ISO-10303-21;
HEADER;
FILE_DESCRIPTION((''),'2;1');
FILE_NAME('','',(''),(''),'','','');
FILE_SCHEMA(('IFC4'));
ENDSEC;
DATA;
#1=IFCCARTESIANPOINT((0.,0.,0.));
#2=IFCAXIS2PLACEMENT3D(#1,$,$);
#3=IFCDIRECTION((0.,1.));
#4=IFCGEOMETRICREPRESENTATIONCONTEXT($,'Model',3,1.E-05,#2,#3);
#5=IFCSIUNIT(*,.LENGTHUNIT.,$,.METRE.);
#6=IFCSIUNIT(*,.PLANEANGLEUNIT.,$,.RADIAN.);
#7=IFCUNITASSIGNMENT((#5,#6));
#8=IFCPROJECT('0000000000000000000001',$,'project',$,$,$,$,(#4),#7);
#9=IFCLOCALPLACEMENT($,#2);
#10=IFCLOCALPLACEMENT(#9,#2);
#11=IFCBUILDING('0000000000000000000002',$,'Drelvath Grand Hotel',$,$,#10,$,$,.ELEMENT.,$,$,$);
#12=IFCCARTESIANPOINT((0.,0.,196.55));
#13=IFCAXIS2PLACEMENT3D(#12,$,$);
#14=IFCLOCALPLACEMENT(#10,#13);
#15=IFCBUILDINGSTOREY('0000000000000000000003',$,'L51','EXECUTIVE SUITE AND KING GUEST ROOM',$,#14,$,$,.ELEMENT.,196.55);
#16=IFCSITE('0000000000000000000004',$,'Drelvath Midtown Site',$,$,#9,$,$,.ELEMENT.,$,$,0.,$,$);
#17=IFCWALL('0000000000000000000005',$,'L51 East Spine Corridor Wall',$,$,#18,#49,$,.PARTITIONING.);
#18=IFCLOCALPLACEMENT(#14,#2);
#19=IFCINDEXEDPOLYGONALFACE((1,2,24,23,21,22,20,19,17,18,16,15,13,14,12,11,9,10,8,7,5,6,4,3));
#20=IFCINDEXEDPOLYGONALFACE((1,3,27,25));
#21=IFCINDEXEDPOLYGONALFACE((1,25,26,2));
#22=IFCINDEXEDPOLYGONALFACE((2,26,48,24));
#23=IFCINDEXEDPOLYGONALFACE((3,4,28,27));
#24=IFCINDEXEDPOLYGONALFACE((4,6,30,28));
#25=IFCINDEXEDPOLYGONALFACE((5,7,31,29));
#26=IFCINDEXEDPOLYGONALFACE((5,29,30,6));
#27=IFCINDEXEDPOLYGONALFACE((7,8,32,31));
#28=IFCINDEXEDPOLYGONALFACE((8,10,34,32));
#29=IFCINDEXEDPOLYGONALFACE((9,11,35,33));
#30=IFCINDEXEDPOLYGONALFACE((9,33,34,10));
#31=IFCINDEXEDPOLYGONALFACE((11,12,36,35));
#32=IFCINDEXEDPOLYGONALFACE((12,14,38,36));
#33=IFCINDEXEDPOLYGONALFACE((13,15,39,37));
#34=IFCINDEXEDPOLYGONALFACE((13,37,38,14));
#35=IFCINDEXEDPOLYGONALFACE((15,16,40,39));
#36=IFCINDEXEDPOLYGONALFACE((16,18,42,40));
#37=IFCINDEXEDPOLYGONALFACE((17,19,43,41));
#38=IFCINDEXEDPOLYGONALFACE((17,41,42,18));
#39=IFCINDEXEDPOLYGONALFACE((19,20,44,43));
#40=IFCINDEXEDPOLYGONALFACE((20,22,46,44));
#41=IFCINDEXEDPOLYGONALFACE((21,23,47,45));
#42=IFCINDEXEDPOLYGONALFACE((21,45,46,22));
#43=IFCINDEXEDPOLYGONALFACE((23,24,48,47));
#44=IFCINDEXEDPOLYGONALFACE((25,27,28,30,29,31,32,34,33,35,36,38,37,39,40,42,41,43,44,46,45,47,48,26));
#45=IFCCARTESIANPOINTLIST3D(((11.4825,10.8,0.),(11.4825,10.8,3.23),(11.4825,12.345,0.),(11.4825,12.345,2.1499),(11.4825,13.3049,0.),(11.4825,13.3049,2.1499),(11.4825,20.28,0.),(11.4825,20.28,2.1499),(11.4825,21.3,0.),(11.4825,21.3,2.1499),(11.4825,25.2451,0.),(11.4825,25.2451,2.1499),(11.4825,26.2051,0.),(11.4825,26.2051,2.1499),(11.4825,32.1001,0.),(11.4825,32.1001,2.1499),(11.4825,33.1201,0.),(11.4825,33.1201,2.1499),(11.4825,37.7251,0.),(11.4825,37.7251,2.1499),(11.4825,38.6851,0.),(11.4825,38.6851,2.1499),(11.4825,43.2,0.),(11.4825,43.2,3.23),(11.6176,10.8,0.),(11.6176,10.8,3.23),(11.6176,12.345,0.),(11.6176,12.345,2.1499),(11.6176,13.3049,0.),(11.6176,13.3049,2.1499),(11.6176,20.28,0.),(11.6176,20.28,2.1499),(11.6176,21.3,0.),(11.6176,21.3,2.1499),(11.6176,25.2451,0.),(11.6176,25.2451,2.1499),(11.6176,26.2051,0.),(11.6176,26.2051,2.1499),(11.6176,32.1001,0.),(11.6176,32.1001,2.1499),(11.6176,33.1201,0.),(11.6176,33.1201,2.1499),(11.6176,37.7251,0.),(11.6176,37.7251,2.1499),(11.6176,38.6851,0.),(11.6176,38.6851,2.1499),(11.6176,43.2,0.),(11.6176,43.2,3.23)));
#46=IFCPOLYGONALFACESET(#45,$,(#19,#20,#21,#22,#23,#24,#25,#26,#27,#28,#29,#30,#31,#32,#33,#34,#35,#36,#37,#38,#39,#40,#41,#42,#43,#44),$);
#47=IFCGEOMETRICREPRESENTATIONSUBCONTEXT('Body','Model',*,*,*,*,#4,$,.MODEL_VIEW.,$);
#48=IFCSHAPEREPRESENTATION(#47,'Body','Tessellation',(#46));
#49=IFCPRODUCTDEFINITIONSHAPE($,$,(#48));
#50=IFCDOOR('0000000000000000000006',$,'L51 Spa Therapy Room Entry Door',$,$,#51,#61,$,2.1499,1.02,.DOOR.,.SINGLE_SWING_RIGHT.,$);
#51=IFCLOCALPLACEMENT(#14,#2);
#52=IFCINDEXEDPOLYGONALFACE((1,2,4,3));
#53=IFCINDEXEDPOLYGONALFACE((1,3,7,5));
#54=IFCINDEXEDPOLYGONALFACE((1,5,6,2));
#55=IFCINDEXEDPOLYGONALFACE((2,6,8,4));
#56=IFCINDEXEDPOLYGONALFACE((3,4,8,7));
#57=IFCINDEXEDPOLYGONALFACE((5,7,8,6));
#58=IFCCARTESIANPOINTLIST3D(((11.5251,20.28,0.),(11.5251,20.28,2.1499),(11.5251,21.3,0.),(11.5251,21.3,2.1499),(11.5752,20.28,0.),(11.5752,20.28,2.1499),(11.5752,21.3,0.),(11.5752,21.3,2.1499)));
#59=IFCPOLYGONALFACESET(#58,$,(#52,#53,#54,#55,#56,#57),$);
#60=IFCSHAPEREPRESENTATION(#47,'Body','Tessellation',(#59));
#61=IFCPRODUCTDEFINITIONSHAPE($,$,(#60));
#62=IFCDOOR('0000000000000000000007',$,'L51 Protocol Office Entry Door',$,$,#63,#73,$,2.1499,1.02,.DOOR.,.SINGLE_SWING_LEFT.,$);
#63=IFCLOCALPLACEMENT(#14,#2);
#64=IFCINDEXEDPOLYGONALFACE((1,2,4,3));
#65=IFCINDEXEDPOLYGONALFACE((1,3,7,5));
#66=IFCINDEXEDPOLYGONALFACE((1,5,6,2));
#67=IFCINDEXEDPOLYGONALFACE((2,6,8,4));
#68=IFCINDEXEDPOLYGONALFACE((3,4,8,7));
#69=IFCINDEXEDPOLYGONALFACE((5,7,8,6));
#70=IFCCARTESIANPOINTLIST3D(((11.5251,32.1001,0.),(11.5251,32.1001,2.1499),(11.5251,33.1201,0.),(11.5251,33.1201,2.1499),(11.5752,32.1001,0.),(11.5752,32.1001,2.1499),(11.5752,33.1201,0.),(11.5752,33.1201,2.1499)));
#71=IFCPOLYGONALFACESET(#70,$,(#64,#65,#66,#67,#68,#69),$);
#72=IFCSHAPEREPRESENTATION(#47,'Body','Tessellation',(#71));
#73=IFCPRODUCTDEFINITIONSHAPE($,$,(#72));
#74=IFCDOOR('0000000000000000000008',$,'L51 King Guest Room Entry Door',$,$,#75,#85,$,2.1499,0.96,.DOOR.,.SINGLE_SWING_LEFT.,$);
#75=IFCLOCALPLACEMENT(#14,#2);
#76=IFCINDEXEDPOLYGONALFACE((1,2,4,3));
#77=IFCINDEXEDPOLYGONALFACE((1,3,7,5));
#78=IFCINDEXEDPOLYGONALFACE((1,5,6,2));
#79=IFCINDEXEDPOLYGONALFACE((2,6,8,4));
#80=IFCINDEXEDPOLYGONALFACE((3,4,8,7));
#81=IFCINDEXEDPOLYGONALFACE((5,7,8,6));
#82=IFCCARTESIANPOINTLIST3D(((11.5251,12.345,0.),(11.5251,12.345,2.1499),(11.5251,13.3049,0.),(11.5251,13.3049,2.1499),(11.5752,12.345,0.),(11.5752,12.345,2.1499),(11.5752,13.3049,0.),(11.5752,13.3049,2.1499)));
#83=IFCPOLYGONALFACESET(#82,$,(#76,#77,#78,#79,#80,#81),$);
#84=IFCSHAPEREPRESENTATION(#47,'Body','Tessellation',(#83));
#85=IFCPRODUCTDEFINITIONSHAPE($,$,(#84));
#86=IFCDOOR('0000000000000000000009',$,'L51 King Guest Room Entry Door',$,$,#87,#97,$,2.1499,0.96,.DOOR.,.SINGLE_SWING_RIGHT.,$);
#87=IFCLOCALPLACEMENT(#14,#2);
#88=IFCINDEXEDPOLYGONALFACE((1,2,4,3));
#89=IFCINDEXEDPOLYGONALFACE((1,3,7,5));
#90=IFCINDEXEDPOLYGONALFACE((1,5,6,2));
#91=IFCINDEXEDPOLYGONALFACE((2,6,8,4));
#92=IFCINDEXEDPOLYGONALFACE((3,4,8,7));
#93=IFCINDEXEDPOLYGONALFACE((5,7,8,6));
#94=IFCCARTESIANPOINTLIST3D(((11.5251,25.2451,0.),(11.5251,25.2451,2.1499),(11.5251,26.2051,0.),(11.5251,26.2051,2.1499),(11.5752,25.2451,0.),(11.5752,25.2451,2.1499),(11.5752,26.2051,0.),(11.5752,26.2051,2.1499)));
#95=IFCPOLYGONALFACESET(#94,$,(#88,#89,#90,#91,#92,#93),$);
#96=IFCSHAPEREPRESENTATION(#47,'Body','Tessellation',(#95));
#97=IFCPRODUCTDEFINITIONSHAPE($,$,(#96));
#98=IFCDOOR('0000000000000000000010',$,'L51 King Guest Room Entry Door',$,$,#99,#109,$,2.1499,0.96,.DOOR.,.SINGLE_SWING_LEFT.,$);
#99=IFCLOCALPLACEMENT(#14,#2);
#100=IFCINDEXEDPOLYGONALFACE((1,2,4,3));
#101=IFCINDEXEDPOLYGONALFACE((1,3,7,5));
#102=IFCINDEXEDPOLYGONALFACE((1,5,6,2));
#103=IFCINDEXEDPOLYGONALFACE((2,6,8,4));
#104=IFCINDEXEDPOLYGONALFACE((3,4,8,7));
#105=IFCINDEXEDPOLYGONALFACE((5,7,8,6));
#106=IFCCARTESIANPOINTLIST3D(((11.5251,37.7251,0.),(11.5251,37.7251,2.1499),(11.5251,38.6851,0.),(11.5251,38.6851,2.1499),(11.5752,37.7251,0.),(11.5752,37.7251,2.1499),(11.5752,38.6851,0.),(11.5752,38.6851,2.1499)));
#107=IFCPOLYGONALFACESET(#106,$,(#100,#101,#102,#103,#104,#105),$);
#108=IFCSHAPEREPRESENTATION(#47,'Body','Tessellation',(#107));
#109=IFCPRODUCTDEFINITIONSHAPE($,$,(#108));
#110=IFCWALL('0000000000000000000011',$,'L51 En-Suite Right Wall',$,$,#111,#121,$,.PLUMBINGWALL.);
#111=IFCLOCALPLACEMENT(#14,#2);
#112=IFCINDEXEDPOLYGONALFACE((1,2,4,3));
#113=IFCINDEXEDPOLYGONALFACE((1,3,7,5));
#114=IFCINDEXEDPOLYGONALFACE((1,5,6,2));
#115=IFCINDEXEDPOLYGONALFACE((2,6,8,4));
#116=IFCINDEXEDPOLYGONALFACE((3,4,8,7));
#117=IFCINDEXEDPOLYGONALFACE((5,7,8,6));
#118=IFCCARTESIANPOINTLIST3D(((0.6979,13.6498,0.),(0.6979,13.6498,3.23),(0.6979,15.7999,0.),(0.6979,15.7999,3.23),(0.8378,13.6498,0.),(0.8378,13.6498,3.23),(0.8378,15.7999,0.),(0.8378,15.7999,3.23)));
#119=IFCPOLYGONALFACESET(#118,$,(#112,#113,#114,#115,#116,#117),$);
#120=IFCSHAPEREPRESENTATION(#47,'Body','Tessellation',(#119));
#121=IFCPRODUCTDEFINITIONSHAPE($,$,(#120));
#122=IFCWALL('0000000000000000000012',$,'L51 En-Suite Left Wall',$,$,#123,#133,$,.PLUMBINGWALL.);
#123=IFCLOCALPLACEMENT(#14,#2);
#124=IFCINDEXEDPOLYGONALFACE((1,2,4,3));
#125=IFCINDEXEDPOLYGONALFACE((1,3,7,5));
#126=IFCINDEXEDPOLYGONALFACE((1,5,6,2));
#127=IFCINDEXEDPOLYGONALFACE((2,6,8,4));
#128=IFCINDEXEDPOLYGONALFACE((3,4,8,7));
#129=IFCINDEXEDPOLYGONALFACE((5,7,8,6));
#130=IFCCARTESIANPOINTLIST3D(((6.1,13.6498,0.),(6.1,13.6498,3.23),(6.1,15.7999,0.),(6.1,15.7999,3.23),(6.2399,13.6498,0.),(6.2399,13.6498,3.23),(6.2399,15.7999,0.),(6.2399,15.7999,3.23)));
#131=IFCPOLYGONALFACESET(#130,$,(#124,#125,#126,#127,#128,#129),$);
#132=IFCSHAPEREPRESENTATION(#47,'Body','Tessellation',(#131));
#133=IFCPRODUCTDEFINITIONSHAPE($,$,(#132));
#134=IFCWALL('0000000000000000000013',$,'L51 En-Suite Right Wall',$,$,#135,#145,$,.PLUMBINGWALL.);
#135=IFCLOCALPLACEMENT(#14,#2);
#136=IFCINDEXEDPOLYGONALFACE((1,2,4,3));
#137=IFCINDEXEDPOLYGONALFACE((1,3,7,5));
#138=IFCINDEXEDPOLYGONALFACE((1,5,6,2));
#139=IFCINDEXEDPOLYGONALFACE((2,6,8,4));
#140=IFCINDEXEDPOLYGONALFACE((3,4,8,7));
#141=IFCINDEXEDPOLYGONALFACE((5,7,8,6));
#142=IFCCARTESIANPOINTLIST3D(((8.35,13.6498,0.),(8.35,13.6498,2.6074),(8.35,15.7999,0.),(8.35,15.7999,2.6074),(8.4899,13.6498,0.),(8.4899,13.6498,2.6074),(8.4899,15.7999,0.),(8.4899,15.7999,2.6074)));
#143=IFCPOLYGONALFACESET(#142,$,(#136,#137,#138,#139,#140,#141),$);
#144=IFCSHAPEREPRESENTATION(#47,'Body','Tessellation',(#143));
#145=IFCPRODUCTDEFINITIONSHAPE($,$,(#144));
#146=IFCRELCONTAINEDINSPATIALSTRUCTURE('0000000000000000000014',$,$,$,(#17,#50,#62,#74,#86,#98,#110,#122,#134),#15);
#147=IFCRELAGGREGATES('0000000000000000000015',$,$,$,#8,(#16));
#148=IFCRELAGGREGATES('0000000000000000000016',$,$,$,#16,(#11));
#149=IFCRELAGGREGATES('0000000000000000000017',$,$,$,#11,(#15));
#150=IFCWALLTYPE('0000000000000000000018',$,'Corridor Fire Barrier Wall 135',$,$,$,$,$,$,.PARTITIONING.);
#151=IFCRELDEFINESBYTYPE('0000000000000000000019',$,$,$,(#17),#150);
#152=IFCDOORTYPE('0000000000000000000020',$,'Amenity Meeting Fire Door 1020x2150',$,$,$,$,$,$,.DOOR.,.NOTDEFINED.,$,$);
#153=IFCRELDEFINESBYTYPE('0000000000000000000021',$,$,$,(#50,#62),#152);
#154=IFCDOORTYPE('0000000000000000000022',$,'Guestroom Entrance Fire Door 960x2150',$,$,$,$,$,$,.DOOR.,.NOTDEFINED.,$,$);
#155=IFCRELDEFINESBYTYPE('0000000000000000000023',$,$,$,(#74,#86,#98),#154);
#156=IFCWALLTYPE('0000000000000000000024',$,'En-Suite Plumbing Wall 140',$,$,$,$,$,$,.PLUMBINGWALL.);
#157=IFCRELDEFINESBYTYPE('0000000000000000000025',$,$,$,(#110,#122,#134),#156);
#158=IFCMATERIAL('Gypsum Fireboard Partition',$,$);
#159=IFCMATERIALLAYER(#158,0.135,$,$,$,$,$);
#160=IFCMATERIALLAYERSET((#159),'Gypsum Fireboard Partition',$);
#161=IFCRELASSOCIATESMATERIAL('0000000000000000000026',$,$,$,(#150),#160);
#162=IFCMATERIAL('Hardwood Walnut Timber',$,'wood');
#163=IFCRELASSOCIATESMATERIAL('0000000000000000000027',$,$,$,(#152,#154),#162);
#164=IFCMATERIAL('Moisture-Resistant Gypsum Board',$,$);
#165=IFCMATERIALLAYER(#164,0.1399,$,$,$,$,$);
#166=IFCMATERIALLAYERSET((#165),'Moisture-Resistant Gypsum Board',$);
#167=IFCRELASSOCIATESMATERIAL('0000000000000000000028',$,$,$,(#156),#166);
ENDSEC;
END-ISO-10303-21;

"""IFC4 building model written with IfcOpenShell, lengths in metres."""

from ifc_helpers import new_model, si_unit, direction, frame, frame_2d, origin, place, context, subcontext, project, spatial, rectangle, extrude, material, layer, layer_set, type_object, element, fill, save


model = new_model("IFC4")

# Units and contexts
model_context = context("Model", 3, precision=1e-05, world=origin(), true_north=direction((0.0, 1.0)))
body_context = subcontext(model_context, "Body", "Model", "MODEL_VIEW")
ifc_project = project(units=[si_unit("LENGTHUNIT", "METRE"), si_unit("PLANEANGLEUNIT", "RADIAN")], contexts=[model_context])

# Site, building, storey
site_placement = place(None, origin())
site = spatial("IfcSite", under=ifc_project, at=site_placement, Name="Drelvath Midtown Site", CompositionType="ELEMENT", RefElevation=0.0)
building_placement = place(site_placement, origin())
building = spatial("IfcBuilding", under=site, at=building_placement, Name="Drelvath Grand Hotel", CompositionType="ELEMENT")
storey_placement = place(building_placement, frame((0.0, 0.0, 196.55)))
storey = spatial("IfcBuildingStorey", under=building, at=storey_placement, Name="L51", Description="EXECUTIVE SUITE AND KING GUEST ROOM", CompositionType="ELEMENT", Elevation=196.55)

# Wall, openings, doors
ifc_material_1 = material(Name="Gypsum Fireboard Partition")
ifc_layer_1 = layer(ifc_material_1, 0.135)
ifc_layer_set_1 = layer_set([ifc_layer_1], Name="Gypsum Fireboard Partition")
wall_type_1 = type_object("IfcWallType", Name="Corridor Fire Barrier Wall 135", PredefinedType="PARTITIONING", material=ifc_layer_set_1)
wall_1_placement = place(storey_placement, frame((11.55, 10.8, 0.0), z_axis=(0.0, 0.0, 1.0), x_axis=(0.0, 1.0, 0.0)))
wall_1 = element("IfcWall", 1, at=wall_1_placement, inside=storey, type_object=wall_type_1, Name="L51 East Spine Corridor Wall", PredefinedType="PARTITIONING", context=body_context, shape_type="SweptSolid", body=[
    extrude(rectangle(XDim=32.3999, YDim=0.135, at=frame_2d((16.2, 0.0))), origin(), (0.0, 0.0, 1.0), 3.23),
])
opening_1_placement = place(wall_1_placement, frame((1.5449, 0.0, 0.0)))
opening_1 = element("IfcOpeningElement", 2, at=opening_1_placement, cuts=wall_1, PredefinedType="OPENING", context=body_context, shape_type="SweptSolid", body=[
    extrude(rectangle(XDim=0.96, YDim=2.1499, at=frame_2d((0.48, 1.075))), frame((0.0, 0.0774, 0.0), z_axis=(0.0, -1.0, 0.0), x_axis=(1.0, 0.0, 0.0)), (0.0, 0.0, 1.0), 0.155),
])
opening_2_placement = place(wall_1_placement, frame((9.48, 0.0, 0.0)))
opening_2 = element("IfcOpeningElement", 3, at=opening_2_placement, cuts=wall_1, PredefinedType="OPENING", context=body_context, shape_type="SweptSolid", body=[
    extrude(rectangle(XDim=1.02, YDim=2.1499, at=frame_2d((0.51, 1.075))), frame((0.0, 0.0774, 0.0), z_axis=(0.0, -1.0, 0.0), x_axis=(1.0, 0.0, 0.0)), (0.0, 0.0, 1.0), 0.155),
])
opening_3_placement = place(wall_1_placement, frame((14.4451, 0.0, 0.0)))
opening_3 = element("IfcOpeningElement", 4, at=opening_3_placement, cuts=wall_1, PredefinedType="OPENING", context=body_context, shape_type="SweptSolid", body=[
    extrude(rectangle(XDim=0.96, YDim=2.1499, at=frame_2d((0.48, 1.075))), frame((0.0, 0.0774, 0.0), z_axis=(0.0, -1.0, 0.0), x_axis=(1.0, 0.0, 0.0)), (0.0, 0.0, 1.0), 0.155),
])
opening_4_placement = place(wall_1_placement, frame((21.3, 0.0, 0.0)))
opening_4 = element("IfcOpeningElement", 5, at=opening_4_placement, cuts=wall_1, PredefinedType="OPENING", context=body_context, shape_type="SweptSolid", body=[
    extrude(rectangle(XDim=1.02, YDim=2.1499, at=frame_2d((0.51, 1.075))), frame((0.0, 0.0774, 0.0), z_axis=(0.0, -1.0, 0.0), x_axis=(1.0, 0.0, 0.0)), (0.0, 0.0, 1.0), 0.155),
])
opening_5_placement = place(wall_1_placement, frame((26.925, 0.0, 0.0)))
opening_5 = element("IfcOpeningElement", 6, at=opening_5_placement, cuts=wall_1, PredefinedType="OPENING", context=body_context, shape_type="SweptSolid", body=[
    extrude(rectangle(XDim=0.96, YDim=2.1499, at=frame_2d((0.48, 1.075))), frame((0.0, 0.0774, 0.0), z_axis=(0.0, -1.0, 0.0), x_axis=(1.0, 0.0, 0.0)), (0.0, 0.0, 1.0), 0.155),
])
ifc_material_2 = material(Name="Hardwood Walnut Timber", Category="wood")
door_type_1 = type_object("IfcDoorType", Name="Amenity Meeting Fire Door 1020x2150", OperationType="NOTDEFINED", PredefinedType="DOOR", material=ifc_material_2)
door_1_placement = place(opening_2_placement, origin())
door_1 = element("IfcDoor", 7, at=door_1_placement, inside=storey, type_object=door_type_1, Name="L51 Spa Therapy Room Entry Door", OperationType="SINGLE_SWING_RIGHT", OverallHeight=2.1499, OverallWidth=1.02, PredefinedType="DOOR", context=body_context, shape_type="SweptSolid", body=[
    extrude(rectangle(XDim=1.02, YDim=2.1499, at=frame_2d((0.51, 1.075))), frame((0.0, 0.0249, 0.0), z_axis=(0.0, -1.0, 0.0), x_axis=(1.0, 0.0, 0.0)), (0.0, 0.0, 1.0), 0.05),
])
fill(opening_2, door_1)
door_2_placement = place(opening_4_placement, origin())
door_2 = element("IfcDoor", 8, at=door_2_placement, inside=storey, type_object=door_type_1, Name="L51 Protocol Office Entry Door", OperationType="SINGLE_SWING_LEFT", OverallHeight=2.1499, OverallWidth=1.02, PredefinedType="DOOR", context=body_context, shape_type="SweptSolid", body=[
    extrude(rectangle(XDim=1.02, YDim=2.1499, at=frame_2d((0.51, 1.075))), frame((0.0, 0.0249, 0.0), z_axis=(0.0, -1.0, 0.0), x_axis=(1.0, 0.0, 0.0)), (0.0, 0.0, 1.0), 0.05),
])
fill(opening_4, door_2)
door_type_2 = type_object("IfcDoorType", Name="Guestroom Entrance Fire Door 960x2150", OperationType="NOTDEFINED", PredefinedType="DOOR", material=ifc_material_2)
door_3_placement = place(opening_1_placement, origin())
door_3 = element("IfcDoor", 9, at=door_3_placement, inside=storey, type_object=door_type_2, Name="L51 King Guest Room Entry Door", OperationType="SINGLE_SWING_LEFT", OverallHeight=2.1499, OverallWidth=0.96, PredefinedType="DOOR", context=body_context, shape_type="SweptSolid", body=[
    extrude(rectangle(XDim=0.96, YDim=2.1499, at=frame_2d((0.48, 1.075))), frame((0.0, 0.0249, 0.0), z_axis=(0.0, -1.0, 0.0), x_axis=(1.0, 0.0, 0.0)), (0.0, 0.0, 1.0), 0.05),
])
fill(opening_1, door_3)
door_4_placement = place(opening_3_placement, origin())
door_4 = element("IfcDoor", 10, at=door_4_placement, inside=storey, type_object=door_type_2, Name="L51 King Guest Room Entry Door", OperationType="SINGLE_SWING_RIGHT", OverallHeight=2.1499, OverallWidth=0.96, PredefinedType="DOOR", context=body_context, shape_type="SweptSolid", body=[
    extrude(rectangle(XDim=0.96, YDim=2.1499, at=frame_2d((0.48, 1.075))), frame((0.0, 0.0249, 0.0), z_axis=(0.0, -1.0, 0.0), x_axis=(1.0, 0.0, 0.0)), (0.0, 0.0, 1.0), 0.05),
])
fill(opening_3, door_4)
door_5_placement = place(opening_5_placement, origin())
door_5 = element("IfcDoor", 11, at=door_5_placement, inside=storey, type_object=door_type_2, Name="L51 King Guest Room Entry Door", OperationType="SINGLE_SWING_LEFT", OverallHeight=2.1499, OverallWidth=0.96, PredefinedType="DOOR", context=body_context, shape_type="SweptSolid", body=[
    extrude(rectangle(XDim=0.96, YDim=2.1499, at=frame_2d((0.48, 1.075))), frame((0.0, 0.0249, 0.0), z_axis=(0.0, -1.0, 0.0), x_axis=(1.0, 0.0, 0.0)), (0.0, 0.0, 1.0), 0.05),
])
fill(opening_5, door_5)

# Walls
ifc_material_3 = material(Name="Moisture-Resistant Gypsum Board")
ifc_layer_2 = layer(ifc_material_3, 0.1399)
ifc_layer_set_2 = layer_set([ifc_layer_2], Name="Moisture-Resistant Gypsum Board")
wall_type_2 = type_object("IfcWallType", Name="En-Suite Plumbing Wall 140", PredefinedType="PLUMBINGWALL", material=ifc_layer_set_2)
for number, where, z_axis, x_axis, name in (
    (12, (0.7678, 15.8, 0.0), (0.0, 0.0, 1.0), (0.0, -1.0, 0.0), "L51 En-Suite Right Wall"),
    (13, (6.1699, 15.8, 0.0), (0.0, 0.0, 1.0), (0.0, -1.0, 0.0), "L51 En-Suite Left Wall"),
):
    element("IfcWall", number, at=place(storey_placement, frame(where, z_axis=z_axis, x_axis=x_axis)), inside=storey, type_object=wall_type_2, Name=name, PredefinedType="PLUMBINGWALL", context=body_context, shape_type="SweptSolid", body=[
        extrude(rectangle(XDim=2.1501, YDim=0.1399, at=frame_2d((1.0752, 0.0))), origin(), (0.0, 0.0, 1.0), 3.23),
    ])
wall_2_placement = place(storey_placement, frame((8.4199, 15.8, 0.0), z_axis=(0.0, 0.0, 1.0), x_axis=(0.0, -1.0, 0.0)))
element("IfcWall", 14, at=wall_2_placement, inside=storey, type_object=wall_type_2, Name="L51 En-Suite Right Wall", PredefinedType="PLUMBINGWALL", context=body_context, shape_type="SweptSolid", body=[
    extrude(rectangle(XDim=2.1501, YDim=0.1399, at=frame_2d((1.0752, 0.0))), origin(), (0.0, 0.0, 1.0), 2.6074),
])

save(model, "model.ifc")
